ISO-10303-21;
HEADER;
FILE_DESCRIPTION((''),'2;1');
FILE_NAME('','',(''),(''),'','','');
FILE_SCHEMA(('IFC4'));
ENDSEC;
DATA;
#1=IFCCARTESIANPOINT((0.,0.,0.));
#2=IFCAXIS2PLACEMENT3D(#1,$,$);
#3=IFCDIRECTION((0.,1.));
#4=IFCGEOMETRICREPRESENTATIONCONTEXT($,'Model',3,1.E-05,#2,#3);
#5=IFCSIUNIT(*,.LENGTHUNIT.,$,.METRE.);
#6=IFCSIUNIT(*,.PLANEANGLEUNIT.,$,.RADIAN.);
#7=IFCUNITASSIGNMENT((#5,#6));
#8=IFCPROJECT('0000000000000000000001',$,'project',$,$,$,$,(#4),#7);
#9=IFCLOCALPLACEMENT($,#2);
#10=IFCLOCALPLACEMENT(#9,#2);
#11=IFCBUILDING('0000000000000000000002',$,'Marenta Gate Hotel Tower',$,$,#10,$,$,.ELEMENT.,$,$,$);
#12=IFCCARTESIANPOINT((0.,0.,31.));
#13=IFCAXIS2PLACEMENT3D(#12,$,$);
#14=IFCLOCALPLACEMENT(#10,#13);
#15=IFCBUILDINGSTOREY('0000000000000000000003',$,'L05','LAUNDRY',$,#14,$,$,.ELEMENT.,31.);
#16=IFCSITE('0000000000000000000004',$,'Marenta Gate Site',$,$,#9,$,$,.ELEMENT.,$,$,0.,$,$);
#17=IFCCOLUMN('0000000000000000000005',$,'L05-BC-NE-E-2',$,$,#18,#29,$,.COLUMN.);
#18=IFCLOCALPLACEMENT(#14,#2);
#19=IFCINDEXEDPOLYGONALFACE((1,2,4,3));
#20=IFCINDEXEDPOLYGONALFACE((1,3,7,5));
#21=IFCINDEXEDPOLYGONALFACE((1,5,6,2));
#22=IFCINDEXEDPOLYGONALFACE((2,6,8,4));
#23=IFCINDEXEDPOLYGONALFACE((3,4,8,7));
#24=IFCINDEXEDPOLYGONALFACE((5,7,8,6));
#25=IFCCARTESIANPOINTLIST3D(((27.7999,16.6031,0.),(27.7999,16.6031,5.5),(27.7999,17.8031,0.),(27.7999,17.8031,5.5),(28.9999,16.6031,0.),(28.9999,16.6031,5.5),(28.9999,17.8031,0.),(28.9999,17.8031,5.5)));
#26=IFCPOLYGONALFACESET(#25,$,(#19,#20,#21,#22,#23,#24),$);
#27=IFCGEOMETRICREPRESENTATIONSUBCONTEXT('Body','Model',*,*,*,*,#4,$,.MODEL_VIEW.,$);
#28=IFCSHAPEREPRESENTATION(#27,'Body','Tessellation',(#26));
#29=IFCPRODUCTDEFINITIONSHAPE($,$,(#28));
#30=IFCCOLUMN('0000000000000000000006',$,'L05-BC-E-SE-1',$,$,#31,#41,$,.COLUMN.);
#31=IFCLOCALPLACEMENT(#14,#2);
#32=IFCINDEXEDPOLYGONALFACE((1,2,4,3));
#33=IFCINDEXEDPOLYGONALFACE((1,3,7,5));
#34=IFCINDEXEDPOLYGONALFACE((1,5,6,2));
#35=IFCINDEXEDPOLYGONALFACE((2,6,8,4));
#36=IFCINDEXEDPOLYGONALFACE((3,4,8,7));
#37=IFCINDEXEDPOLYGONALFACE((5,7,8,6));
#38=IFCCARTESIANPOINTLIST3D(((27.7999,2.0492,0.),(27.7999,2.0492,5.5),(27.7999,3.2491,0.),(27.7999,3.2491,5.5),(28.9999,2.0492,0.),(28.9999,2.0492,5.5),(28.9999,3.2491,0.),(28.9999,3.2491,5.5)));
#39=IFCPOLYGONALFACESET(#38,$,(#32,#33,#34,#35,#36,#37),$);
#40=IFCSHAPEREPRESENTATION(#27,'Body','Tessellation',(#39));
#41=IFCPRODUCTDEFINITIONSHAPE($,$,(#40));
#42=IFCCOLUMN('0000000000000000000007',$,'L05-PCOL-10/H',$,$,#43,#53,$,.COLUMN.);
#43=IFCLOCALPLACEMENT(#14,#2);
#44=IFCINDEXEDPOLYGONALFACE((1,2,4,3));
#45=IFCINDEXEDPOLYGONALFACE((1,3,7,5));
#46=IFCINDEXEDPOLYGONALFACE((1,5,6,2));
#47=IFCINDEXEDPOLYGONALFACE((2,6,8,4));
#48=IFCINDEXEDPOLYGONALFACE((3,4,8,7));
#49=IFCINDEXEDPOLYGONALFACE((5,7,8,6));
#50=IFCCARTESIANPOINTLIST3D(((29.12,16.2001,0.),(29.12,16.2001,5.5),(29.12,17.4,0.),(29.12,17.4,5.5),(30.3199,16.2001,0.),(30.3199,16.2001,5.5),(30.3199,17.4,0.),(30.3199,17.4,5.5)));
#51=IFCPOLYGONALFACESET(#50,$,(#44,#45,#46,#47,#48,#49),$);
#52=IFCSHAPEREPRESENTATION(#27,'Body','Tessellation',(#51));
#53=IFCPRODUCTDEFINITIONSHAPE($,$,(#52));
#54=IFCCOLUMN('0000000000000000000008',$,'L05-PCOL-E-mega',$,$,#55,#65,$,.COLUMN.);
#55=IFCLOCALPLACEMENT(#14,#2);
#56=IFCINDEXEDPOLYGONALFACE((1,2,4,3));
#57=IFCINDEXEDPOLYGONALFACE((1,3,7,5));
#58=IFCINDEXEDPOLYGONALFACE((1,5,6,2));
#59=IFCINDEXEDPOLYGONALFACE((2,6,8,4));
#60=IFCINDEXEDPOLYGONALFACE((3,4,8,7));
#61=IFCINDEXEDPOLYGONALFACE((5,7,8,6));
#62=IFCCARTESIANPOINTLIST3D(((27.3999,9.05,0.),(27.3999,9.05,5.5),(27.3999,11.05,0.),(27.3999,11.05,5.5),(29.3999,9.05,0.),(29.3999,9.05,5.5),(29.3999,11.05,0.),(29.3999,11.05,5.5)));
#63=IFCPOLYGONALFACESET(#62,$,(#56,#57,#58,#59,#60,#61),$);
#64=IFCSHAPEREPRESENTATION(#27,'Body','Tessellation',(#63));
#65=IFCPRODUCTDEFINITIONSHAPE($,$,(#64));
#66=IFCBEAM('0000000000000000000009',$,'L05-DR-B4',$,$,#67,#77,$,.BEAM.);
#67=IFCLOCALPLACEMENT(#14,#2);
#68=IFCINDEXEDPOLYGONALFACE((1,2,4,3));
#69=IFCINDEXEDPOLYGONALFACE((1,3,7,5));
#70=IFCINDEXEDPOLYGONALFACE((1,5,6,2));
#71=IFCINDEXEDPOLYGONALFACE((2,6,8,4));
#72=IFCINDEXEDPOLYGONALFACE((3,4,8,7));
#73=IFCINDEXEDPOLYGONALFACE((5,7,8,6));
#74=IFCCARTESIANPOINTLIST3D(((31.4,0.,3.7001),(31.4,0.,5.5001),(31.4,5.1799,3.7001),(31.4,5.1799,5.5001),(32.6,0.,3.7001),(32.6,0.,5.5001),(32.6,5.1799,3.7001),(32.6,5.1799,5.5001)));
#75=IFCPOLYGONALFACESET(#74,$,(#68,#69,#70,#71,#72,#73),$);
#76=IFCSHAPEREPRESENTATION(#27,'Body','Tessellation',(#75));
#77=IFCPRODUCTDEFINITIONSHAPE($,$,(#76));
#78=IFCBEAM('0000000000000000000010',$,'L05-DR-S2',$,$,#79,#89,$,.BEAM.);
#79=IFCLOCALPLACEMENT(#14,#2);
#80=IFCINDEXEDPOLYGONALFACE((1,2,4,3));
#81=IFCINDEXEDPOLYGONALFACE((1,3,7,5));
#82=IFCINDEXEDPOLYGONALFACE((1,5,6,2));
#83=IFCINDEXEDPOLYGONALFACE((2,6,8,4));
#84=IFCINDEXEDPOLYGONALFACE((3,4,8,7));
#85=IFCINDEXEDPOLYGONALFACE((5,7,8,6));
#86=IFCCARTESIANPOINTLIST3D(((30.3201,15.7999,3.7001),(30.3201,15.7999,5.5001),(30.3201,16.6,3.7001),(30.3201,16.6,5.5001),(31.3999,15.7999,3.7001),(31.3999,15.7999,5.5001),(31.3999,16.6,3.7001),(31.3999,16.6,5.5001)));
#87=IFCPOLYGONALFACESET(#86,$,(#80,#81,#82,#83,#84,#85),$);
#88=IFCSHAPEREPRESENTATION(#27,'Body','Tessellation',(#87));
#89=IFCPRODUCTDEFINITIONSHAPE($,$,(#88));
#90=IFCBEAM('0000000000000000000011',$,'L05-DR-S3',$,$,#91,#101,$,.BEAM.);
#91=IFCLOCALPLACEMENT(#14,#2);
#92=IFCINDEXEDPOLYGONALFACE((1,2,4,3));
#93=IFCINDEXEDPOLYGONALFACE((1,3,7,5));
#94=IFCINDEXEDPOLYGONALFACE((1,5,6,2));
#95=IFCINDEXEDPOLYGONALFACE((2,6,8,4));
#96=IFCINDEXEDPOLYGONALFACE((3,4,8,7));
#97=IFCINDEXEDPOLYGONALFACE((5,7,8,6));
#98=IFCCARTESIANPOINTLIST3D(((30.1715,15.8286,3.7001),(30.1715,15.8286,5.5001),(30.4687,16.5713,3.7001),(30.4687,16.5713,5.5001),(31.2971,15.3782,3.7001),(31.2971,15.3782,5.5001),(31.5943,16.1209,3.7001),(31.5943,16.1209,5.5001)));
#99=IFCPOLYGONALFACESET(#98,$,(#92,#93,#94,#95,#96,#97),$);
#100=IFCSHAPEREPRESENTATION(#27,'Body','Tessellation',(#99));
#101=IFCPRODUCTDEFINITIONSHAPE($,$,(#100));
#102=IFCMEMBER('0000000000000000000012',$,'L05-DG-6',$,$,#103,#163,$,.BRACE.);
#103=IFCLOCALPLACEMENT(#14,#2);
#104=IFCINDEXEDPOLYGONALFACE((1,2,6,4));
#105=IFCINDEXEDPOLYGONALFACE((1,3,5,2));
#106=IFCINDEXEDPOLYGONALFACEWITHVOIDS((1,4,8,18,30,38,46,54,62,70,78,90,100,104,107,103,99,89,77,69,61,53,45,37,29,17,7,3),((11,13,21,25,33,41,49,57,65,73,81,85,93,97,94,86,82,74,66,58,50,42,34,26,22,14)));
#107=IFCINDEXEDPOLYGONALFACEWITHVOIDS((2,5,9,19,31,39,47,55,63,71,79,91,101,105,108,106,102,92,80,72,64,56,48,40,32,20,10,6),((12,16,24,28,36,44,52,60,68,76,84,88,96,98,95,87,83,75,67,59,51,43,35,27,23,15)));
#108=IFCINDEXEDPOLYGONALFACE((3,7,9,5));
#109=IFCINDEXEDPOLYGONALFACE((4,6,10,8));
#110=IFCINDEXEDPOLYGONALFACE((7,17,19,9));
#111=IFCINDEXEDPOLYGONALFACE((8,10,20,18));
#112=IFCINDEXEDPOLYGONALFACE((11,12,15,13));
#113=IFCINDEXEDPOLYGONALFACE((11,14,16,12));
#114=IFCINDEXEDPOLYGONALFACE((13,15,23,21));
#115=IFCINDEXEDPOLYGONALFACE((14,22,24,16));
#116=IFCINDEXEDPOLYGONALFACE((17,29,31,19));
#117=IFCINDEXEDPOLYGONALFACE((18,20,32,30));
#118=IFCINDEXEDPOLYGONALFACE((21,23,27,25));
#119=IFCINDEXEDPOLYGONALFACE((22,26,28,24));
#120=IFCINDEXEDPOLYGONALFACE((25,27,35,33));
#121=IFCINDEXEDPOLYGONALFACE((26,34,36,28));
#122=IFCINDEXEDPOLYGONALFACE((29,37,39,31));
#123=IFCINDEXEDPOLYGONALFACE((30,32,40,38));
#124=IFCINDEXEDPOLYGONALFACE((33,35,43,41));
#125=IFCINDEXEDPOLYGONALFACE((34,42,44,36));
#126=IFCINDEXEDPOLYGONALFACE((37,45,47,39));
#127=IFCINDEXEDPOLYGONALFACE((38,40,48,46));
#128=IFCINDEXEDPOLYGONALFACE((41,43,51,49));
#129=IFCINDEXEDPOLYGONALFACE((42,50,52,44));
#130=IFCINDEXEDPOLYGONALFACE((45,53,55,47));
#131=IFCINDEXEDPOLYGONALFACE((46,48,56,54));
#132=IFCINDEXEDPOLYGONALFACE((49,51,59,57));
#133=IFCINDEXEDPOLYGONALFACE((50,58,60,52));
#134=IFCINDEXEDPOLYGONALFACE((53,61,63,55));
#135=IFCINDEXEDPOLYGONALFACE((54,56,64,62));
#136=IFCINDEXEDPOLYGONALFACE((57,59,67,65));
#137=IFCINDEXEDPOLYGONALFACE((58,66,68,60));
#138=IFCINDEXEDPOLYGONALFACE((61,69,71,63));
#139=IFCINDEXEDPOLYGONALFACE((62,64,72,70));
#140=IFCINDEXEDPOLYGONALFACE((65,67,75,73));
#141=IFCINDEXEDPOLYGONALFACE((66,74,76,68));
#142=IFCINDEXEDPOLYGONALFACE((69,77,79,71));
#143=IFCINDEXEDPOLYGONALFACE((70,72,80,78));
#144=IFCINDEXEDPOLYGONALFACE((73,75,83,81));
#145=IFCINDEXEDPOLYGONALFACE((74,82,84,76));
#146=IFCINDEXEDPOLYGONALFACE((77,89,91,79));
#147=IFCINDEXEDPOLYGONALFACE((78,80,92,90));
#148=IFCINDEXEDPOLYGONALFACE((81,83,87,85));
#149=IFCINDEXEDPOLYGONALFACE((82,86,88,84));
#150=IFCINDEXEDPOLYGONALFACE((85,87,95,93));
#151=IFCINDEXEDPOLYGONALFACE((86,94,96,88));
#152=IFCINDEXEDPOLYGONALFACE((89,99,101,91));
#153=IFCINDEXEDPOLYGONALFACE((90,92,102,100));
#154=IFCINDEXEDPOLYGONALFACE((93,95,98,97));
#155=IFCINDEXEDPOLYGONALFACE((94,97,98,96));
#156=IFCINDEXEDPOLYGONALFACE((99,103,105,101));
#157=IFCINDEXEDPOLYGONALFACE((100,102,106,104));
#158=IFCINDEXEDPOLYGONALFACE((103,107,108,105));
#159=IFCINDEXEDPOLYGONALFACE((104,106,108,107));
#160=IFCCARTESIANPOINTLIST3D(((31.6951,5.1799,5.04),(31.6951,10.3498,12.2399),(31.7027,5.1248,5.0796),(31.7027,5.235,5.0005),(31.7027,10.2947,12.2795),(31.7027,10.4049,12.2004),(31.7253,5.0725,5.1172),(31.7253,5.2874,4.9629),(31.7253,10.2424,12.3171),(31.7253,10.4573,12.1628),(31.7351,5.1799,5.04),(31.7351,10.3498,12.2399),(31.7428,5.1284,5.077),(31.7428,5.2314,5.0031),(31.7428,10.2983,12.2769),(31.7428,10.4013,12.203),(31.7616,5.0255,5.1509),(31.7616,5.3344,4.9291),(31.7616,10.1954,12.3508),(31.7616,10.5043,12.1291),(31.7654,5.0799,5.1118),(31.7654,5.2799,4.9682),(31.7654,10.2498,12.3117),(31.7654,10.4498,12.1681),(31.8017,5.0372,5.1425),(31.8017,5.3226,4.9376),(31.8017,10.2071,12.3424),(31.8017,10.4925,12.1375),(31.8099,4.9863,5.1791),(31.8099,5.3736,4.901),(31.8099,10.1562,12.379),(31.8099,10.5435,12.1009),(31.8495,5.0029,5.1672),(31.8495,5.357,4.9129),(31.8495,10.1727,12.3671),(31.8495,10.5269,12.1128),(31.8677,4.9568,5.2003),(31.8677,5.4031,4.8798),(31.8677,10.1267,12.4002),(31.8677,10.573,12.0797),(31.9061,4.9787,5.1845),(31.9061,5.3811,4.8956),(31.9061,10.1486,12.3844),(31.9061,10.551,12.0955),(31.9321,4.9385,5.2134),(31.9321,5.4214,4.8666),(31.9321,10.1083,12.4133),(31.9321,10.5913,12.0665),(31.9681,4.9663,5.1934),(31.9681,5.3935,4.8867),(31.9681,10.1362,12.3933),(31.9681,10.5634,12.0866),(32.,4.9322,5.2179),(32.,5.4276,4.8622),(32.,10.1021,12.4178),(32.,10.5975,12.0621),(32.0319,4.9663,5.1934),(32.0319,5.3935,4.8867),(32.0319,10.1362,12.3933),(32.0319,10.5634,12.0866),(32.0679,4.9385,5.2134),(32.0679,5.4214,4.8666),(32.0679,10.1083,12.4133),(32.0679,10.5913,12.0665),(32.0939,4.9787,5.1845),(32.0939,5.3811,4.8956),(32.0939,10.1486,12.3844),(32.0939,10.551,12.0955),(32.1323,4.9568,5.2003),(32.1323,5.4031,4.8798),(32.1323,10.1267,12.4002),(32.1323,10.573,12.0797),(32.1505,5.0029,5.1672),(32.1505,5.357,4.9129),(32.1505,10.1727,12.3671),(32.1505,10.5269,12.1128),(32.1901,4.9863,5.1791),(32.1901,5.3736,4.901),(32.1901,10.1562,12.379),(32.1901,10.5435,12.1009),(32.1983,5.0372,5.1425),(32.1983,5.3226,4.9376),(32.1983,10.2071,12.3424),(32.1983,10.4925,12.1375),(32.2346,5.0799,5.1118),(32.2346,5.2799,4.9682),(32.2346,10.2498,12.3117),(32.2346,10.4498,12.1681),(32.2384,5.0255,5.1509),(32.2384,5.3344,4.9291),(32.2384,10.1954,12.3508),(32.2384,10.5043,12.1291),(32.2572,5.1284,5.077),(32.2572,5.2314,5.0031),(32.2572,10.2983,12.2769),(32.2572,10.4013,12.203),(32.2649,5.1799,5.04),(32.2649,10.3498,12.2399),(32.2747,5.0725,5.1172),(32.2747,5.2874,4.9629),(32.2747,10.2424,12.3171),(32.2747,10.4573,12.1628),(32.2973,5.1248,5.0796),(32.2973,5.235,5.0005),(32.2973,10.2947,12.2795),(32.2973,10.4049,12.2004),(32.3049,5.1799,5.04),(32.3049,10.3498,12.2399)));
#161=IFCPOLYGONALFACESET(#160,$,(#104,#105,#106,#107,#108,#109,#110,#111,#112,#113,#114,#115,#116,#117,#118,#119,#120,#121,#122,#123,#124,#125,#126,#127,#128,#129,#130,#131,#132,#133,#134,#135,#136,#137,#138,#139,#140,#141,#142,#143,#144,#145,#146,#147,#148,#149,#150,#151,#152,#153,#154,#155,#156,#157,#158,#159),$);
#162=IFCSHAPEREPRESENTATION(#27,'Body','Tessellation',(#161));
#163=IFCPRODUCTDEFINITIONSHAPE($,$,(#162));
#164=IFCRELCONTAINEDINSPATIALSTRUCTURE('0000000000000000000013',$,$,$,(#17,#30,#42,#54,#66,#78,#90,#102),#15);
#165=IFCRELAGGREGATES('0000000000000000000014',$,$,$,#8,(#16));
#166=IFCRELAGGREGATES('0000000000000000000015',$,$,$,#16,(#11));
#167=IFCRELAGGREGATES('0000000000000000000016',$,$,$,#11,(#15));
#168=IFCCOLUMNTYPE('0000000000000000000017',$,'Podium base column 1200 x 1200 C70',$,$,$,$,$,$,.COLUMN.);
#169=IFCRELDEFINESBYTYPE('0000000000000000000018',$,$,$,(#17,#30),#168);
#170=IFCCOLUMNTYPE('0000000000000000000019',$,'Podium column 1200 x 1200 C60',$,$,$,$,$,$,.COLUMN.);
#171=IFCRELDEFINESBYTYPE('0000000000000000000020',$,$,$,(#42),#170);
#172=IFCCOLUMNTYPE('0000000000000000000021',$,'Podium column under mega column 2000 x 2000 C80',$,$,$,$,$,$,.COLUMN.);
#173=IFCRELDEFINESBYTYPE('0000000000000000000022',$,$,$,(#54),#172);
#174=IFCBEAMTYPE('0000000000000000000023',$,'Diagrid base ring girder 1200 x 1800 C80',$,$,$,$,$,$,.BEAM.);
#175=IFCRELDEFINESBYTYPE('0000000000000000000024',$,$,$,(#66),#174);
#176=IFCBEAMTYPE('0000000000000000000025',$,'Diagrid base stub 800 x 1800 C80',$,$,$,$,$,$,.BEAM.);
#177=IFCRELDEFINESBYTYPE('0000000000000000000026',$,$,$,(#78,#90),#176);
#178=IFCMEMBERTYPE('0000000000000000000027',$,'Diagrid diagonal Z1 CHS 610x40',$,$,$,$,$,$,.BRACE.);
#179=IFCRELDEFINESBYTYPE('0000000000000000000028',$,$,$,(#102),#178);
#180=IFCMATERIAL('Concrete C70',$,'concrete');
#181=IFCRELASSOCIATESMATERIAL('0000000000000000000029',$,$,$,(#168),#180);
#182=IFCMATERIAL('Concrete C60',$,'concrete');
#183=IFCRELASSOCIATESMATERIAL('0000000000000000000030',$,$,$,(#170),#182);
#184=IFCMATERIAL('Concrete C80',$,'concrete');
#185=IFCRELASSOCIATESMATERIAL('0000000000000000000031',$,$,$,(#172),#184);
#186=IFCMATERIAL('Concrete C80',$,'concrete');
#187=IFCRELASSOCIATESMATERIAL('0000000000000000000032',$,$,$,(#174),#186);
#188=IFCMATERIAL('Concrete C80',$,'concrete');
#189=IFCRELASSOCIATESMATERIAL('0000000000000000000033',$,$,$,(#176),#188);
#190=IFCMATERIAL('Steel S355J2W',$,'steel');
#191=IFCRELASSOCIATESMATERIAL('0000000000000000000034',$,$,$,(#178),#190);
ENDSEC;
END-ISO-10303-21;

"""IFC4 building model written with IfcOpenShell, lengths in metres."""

from ifc_helpers import new_model, si_unit, direction, frame, origin, origin_2d, place, context, subcontext, project, spatial, rectangle, hollow_circle, extrude, material, material_profile, profile_set, type_object, element, save


model = new_model("IFC4")

# Units and contexts
model_context = context("Model", 3, precision=1e-05, world=origin(), true_north=direction((0.0, 1.0)))
body_context = subcontext(model_context, "Body", "Model", "MODEL_VIEW")
ifc_project = project(units=[si_unit("LENGTHUNIT", "METRE"), si_unit("PLANEANGLEUNIT", "RADIAN")], contexts=[model_context])

# Site, building, storey
site_placement = place(None, origin())
site = spatial("IfcSite", under=ifc_project, at=site_placement, Name="Marenta Gate Site", CompositionType="ELEMENT", RefElevation=0.0)
building_placement = place(site_placement, origin())
building = spatial("IfcBuilding", under=site, at=building_placement, Name="Marenta Gate Hotel Tower", CompositionType="ELEMENT")
storey_placement = place(building_placement, frame((0.0, 0.0, 31.0)))
storey = spatial("IfcBuildingStorey", under=building, at=storey_placement, Name="L05", Description="LAUNDRY", CompositionType="ELEMENT", Elevation=31.0)

# Columns
ifc_material_1 = material(Name="Concrete C70", Category="concrete")
ifc_material_profile_1 = material_profile(ifc_material_1, rectangle(XDim=1.2, YDim=1.2, at=origin_2d()), Name="1200 x 1200")
ifc_profile_set_1 = profile_set([ifc_material_profile_1], Name="Concrete C70")
column_type_1 = type_object("IfcColumnType", Name="Podium base column 1200 x 1200 C70", PredefinedType="COLUMN", material=ifc_profile_set_1)
for number, where, z_axis, x_axis, name in (
    (1, (28.3999, 17.2031, 0.0), (0.0, 0.0, 1.0), (1.0, 0.0, 0.0), "L05-BC-NE-E-2"),
    (2, (28.3999, 2.6492, 0.0), (0.0, 0.0, 1.0), (1.0, 0.0, 0.0), "L05-BC-E-SE-1"),
):
    element("IfcColumn", number, at=place(storey_placement, frame(where, z_axis=z_axis, x_axis=x_axis)), inside=storey, type_object=column_type_1, Name=name, PredefinedType="COLUMN", context=body_context, shape_type="SweptSolid", body=[
        extrude(rectangle(XDim=1.2, YDim=1.2, at=origin_2d()), origin(), (0.0, 0.0, 1.0), 5.5),
    ])
ifc_material_2 = material(Name="Concrete C60", Category="concrete")
ifc_material_profile_2 = material_profile(ifc_material_2, rectangle(XDim=1.2, YDim=1.2, at=origin_2d()), Name="1200 x 1200")
ifc_profile_set_2 = profile_set([ifc_material_profile_2], Name="Concrete C60")
column_type_2 = type_object("IfcColumnType", Name="Podium column 1200 x 1200 C60", PredefinedType="COLUMN", material=ifc_profile_set_2)
column_1_placement = place(storey_placement, frame((29.72, 16.8, 0.0), z_axis=(0.0, 0.0, 1.0), x_axis=(1.0, 0.0, 0.0)))
element("IfcColumn", 3, at=column_1_placement, inside=storey, type_object=column_type_2, Name="L05-PCOL-10/H", PredefinedType="COLUMN", context=body_context, shape_type="SweptSolid", body=[
    extrude(rectangle(XDim=1.2, YDim=1.2, at=origin_2d()), origin(), (0.0, 0.0, 1.0), 5.5),
])
ifc_material_3 = material(Name="Concrete C80", Category="concrete")
ifc_material_profile_3 = material_profile(ifc_material_3, rectangle(XDim=2.0, YDim=2.0, at=origin_2d()), Name="2000 x 2000")
ifc_profile_set_3 = profile_set([ifc_material_profile_3], Name="Concrete C80")
column_type_3 = type_object("IfcColumnType", Name="Podium column under mega column 2000 x 2000 C80", PredefinedType="COLUMN", material=ifc_profile_set_3)
column_2_placement = place(storey_placement, frame((28.3999, 10.05, 0.0), z_axis=(0.0, 0.0, 1.0), x_axis=(1.0, 0.0, 0.0)))
element("IfcColumn", 4, at=column_2_placement, inside=storey, type_object=column_type_3, Name="L05-PCOL-E-mega", PredefinedType="COLUMN", context=body_context, shape_type="SweptSolid", body=[
    extrude(rectangle(XDim=2.0, YDim=2.0, at=origin_2d()), origin(), (0.0, 0.0, 1.0), 5.5),
])

# Beams
ifc_material_4 = material(Name="Concrete C80", Category="concrete")
ifc_material_profile_4 = material_profile(ifc_material_4, rectangle(XDim=1.2, YDim=1.8, at=origin_2d()), Name="1200 x 1800")
ifc_profile_set_4 = profile_set([ifc_material_profile_4], Name="Concrete C80")
beam_type_1 = type_object("IfcBeamType", Name="Diagrid base ring girder 1200 x 1800 C80", PredefinedType="BEAM", material=ifc_profile_set_4)
beam_1_placement = place(storey_placement, frame((32.0, 5.1799, 4.6001), z_axis=(0.0, -1.0, 0.0), x_axis=(1.0, 0.0, 0.0)))
element("IfcBeam", 5, at=beam_1_placement, inside=storey, type_object=beam_type_1, Name="L05-DR-B4", PredefinedType="BEAM", context=body_context, shape_type="SweptSolid", body=[
    extrude(rectangle(XDim=1.2, YDim=1.8, at=origin_2d()), origin(), (0.0, 0.0, 1.0), 5.1799),
])
ifc_material_5 = material(Name="Concrete C80", Category="concrete")
ifc_material_profile_5 = material_profile(ifc_material_5, rectangle(XDim=0.8, YDim=1.8, at=origin_2d()), Name="800 x 1800")
ifc_profile_set_5 = profile_set([ifc_material_profile_5], Name="Concrete C80")
beam_type_2 = type_object("IfcBeamType", Name="Diagrid base stub 800 x 1800 C80", PredefinedType="BEAM", material=ifc_profile_set_5)
beam_2_placement = place(storey_placement, frame((30.3201, 16.2, 4.6001), z_axis=(1.0, 0.0, 0.0), x_axis=(0.0, 1.0, 0.0)))
element("IfcBeam", 6, at=beam_2_placement, inside=storey, type_object=beam_type_2, Name="L05-DR-S2", PredefinedType="BEAM", context=body_context, shape_type="SweptSolid", body=[
    extrude(rectangle(XDim=0.8, YDim=1.8, at=origin_2d()), origin(), (0.0, 0.0, 1.0), 1.0798),
])
beam_3_placement = place(storey_placement, frame((30.3201, 16.2, 4.6001), z_axis=(0.928435, -0.371495, 0.0), x_axis=(0.371495, 0.928435, 0.0)))
element("IfcBeam", 7, at=beam_3_placement, inside=storey, type_object=beam_type_2, Name="L05-DR-S3", PredefinedType="BEAM", context=body_context, shape_type="SweptSolid", body=[
    extrude(rectangle(XDim=0.8, YDim=1.8, at=origin_2d()), origin(), (0.0, 0.0, 1.0), 1.2124),
])

# Member
ifc_material_6 = material(Name="Steel S355J2W", Category="steel")
ifc_material_profile_6 = material_profile(ifc_material_6, hollow_circle(Radius=0.3049, WallThickness=0.04, at=origin_2d()), Name="CHS 610x40")
ifc_profile_set_6 = profile_set([ifc_material_profile_6], Name="Steel S355J2W")
member_type = type_object("IfcMemberType", Name="Diagrid diagonal Z1 CHS 610x40", PredefinedType="BRACE", material=ifc_profile_set_6)
for number, where, z_axis, x_axis, name in (
    (8, (32.0, 5.1799, 5.04), (0.0, 0.583261, 0.812285), (-1.0, 0.0, 0.0), "L05-DG-6"),
):
    element("IfcMember", number, at=place(storey_placement, frame(where, z_axis=z_axis, x_axis=x_axis)), inside=storey, type_object=member_type, Name=name, PredefinedType="BRACE", context=body_context, shape_type="SweptSolid", body=[
        extrude(hollow_circle(Radius=0.3049, WallThickness=0.04, at=origin_2d()), origin(), (0.0, 0.0, 1.0), 8.8638),
    ])

save(model, "model.ifc")
